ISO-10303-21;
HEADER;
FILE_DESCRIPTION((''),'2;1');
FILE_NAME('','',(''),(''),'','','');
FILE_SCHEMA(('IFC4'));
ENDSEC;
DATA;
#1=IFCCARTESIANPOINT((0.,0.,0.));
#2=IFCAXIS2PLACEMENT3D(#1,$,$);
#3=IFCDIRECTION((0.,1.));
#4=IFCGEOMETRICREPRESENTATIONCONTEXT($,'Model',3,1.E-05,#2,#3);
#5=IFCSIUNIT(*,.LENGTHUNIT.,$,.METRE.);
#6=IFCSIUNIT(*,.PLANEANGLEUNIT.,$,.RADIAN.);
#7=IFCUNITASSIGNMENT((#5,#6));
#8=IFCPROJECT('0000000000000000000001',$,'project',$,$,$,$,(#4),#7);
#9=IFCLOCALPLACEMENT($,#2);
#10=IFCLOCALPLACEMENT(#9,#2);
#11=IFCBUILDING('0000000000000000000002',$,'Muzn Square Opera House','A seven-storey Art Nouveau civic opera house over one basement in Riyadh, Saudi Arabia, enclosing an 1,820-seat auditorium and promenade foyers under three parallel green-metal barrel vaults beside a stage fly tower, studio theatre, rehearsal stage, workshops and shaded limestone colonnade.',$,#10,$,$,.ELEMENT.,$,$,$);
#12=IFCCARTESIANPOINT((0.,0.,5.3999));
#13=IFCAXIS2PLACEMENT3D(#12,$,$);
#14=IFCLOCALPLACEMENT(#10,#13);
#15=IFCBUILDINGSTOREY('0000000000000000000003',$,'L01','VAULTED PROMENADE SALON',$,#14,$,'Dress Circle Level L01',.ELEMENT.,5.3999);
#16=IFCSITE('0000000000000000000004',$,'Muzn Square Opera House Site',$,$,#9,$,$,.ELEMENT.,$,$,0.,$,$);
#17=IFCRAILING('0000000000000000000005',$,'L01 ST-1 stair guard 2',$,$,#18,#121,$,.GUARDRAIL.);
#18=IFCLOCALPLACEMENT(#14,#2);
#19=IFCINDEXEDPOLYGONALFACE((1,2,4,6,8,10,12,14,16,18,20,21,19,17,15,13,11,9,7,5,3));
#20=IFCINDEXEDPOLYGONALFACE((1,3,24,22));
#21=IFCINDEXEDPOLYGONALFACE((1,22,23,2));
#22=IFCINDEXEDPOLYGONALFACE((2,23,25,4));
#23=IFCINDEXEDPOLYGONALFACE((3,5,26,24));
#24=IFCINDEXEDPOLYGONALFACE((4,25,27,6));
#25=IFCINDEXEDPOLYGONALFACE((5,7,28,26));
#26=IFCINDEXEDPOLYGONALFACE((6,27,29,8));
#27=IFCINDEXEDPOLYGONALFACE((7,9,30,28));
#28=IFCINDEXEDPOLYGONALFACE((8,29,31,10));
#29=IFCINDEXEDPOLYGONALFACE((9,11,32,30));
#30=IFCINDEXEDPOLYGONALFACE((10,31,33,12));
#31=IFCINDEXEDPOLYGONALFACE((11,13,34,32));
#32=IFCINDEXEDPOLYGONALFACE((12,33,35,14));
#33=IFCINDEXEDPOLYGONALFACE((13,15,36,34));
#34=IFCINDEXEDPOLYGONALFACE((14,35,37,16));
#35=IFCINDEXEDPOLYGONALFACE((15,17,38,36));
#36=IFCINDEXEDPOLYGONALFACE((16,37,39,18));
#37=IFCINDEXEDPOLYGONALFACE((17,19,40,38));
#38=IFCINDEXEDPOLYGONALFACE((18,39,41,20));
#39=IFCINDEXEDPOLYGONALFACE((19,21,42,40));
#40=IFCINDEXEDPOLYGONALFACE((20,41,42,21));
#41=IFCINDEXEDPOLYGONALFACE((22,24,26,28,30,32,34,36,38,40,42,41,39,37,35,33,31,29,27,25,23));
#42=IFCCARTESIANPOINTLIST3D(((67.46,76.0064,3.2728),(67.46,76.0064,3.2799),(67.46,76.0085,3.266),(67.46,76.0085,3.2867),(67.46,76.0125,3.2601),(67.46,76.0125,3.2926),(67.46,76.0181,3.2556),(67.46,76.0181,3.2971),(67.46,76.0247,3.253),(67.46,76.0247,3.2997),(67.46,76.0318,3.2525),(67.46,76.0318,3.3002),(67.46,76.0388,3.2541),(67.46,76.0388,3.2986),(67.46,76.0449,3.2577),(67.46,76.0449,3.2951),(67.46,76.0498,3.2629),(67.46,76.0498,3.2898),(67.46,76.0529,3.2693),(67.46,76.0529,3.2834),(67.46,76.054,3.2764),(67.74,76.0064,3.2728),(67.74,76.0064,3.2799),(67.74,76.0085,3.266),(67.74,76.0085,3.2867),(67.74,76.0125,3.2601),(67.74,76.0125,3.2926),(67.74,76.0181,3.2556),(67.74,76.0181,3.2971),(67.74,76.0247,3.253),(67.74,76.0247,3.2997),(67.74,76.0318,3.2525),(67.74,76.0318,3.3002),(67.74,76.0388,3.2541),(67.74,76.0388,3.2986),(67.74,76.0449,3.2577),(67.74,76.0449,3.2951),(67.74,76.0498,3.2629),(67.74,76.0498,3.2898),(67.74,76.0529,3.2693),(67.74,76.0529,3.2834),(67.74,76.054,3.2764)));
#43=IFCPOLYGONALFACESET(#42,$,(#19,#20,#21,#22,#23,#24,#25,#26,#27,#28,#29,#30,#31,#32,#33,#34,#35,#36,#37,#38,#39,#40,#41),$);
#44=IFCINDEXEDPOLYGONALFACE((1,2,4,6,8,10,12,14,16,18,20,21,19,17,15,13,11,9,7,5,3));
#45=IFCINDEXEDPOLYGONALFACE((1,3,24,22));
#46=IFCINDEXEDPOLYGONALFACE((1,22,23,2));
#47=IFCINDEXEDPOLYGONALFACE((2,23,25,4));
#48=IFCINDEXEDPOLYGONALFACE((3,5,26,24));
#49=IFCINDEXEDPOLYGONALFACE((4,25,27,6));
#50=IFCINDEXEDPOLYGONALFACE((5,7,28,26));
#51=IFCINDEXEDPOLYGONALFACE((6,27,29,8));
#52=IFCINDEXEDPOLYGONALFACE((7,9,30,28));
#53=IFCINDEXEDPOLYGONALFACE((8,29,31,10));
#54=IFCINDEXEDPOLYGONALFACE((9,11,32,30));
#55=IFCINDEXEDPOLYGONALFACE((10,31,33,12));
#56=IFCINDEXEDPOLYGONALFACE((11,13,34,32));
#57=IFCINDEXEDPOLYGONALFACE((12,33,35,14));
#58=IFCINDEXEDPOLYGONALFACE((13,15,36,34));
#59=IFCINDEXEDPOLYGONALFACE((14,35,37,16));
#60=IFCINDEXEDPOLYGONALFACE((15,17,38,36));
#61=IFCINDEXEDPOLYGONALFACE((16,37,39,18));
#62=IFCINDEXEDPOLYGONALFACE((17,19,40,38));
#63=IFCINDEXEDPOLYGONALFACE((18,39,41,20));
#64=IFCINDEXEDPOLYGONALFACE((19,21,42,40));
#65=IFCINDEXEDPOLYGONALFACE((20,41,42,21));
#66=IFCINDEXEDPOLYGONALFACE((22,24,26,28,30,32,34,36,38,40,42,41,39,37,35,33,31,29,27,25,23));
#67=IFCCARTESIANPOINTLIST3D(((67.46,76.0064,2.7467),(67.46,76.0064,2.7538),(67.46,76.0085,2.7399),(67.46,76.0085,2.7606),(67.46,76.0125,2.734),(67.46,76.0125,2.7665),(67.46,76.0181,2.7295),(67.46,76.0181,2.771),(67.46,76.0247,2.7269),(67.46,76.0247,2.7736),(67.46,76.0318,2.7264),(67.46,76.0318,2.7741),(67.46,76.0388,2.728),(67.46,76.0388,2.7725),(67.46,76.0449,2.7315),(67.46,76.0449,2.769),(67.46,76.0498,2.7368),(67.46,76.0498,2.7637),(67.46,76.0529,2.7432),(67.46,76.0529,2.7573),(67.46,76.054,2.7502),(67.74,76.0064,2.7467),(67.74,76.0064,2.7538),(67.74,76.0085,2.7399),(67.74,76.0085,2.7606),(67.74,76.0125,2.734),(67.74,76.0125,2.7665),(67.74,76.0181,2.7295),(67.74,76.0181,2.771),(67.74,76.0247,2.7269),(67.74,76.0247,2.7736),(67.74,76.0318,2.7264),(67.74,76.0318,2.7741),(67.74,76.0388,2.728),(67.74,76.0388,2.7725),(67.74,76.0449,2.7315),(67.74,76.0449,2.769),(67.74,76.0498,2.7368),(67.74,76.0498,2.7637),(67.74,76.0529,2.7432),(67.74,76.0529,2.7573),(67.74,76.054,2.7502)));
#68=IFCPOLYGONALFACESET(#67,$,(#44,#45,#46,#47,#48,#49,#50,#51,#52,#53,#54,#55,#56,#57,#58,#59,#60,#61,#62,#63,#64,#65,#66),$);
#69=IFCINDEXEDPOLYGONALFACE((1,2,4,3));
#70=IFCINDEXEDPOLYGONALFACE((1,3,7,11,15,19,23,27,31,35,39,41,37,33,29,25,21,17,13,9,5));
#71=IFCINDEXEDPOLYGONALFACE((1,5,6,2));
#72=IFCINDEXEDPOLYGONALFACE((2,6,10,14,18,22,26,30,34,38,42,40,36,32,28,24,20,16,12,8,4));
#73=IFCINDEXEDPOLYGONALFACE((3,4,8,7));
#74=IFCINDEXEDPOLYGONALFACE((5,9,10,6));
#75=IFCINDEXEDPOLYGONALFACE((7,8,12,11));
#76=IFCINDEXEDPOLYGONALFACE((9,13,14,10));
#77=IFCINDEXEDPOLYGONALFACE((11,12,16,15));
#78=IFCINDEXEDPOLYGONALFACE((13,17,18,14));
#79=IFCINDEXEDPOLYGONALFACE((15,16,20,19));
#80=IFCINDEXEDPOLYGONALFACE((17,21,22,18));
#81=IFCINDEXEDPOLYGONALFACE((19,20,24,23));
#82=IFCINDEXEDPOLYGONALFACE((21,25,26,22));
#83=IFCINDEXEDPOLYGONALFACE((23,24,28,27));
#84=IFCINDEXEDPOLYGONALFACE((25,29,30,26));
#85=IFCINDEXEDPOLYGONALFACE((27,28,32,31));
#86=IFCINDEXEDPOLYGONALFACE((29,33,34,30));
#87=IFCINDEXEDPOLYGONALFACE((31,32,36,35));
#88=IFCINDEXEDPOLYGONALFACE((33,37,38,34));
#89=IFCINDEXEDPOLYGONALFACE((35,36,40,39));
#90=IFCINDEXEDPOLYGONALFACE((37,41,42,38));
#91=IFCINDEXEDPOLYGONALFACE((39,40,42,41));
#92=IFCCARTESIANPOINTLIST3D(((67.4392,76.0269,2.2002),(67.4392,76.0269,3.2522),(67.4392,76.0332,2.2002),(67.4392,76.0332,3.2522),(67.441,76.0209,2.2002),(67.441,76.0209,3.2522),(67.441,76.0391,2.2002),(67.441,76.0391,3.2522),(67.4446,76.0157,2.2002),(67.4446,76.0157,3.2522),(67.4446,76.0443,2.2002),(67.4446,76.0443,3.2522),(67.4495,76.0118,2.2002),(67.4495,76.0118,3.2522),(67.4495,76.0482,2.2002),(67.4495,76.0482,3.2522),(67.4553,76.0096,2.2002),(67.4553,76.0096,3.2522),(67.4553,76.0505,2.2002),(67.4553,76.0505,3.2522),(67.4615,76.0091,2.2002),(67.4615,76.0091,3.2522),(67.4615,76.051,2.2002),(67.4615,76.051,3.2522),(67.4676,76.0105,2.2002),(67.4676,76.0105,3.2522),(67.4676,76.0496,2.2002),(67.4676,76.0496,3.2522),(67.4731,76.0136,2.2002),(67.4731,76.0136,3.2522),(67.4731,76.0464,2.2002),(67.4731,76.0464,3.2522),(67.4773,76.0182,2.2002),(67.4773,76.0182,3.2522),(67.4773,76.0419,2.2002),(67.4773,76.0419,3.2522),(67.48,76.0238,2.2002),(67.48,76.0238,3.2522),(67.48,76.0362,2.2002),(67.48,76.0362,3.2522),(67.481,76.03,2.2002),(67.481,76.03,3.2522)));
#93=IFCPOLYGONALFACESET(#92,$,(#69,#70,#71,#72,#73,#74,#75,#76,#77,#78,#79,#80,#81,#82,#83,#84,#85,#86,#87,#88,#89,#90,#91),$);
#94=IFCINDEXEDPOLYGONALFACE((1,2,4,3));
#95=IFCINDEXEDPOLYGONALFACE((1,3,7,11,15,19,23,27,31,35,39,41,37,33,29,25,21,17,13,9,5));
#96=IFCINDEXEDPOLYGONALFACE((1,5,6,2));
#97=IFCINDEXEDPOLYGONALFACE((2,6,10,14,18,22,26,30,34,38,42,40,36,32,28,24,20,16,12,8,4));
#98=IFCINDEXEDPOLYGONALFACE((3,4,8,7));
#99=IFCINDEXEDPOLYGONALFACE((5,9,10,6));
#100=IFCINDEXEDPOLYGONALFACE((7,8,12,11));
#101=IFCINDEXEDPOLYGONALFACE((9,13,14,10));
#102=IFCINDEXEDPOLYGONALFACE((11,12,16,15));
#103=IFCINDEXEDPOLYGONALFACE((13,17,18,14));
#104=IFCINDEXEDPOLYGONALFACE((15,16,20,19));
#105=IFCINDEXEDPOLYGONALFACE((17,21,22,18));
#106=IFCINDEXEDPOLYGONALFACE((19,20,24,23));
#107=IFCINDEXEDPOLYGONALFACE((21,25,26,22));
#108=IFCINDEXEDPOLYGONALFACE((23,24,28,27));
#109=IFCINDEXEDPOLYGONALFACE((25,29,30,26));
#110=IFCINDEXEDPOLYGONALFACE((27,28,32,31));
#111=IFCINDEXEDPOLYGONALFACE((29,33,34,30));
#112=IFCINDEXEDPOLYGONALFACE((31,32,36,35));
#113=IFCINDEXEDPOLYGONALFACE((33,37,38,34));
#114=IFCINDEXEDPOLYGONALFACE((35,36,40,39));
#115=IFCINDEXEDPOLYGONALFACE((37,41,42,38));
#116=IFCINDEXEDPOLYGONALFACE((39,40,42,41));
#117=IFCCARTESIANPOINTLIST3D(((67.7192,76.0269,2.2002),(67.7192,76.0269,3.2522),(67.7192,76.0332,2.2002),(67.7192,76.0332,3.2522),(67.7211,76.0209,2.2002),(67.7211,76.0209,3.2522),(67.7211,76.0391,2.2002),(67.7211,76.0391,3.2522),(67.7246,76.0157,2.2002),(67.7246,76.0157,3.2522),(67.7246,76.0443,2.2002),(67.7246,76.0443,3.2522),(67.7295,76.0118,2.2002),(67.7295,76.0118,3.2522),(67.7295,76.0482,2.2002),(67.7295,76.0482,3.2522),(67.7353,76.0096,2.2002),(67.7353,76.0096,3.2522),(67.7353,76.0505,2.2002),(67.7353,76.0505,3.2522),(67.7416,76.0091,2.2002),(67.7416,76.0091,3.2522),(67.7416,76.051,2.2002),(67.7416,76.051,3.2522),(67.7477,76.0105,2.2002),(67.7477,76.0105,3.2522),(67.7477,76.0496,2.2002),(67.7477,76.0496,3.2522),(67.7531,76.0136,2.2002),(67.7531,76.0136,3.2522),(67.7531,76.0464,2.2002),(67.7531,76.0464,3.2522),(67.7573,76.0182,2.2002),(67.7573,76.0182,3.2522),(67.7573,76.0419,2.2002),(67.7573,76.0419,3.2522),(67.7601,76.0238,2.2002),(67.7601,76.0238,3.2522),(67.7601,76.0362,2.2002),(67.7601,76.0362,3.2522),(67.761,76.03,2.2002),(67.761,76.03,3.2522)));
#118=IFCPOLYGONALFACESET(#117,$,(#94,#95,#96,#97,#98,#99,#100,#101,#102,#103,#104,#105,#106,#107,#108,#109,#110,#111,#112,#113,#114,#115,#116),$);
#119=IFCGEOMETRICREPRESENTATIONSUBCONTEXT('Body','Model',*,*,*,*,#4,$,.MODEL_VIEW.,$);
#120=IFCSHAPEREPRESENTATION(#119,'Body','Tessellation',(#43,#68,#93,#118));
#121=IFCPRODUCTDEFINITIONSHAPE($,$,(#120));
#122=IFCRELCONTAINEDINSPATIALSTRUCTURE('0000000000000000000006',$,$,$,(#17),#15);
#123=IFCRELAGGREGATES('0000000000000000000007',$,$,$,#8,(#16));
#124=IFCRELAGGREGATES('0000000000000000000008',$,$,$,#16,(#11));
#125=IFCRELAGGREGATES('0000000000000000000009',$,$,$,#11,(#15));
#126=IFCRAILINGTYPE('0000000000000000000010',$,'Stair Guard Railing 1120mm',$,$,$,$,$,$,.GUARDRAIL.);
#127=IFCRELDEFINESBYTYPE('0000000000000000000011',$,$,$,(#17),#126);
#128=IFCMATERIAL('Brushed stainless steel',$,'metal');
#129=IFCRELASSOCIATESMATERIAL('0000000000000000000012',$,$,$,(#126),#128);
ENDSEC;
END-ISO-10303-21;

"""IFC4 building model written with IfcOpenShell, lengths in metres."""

from ifc_helpers import new_model, si_unit, direction, frame, origin, origin_2d, place, context, subcontext, project, spatial, circle, extrude, material, type_object, element, save


model = new_model("IFC4")

# Units and contexts
model_context = context("Model", 3, precision=1e-05, world=origin(), true_north=direction((0.0, 1.0)))
body_context = subcontext(model_context, "Body", "Model", "MODEL_VIEW")
ifc_project = project(units=[si_unit("LENGTHUNIT", "METRE"), si_unit("PLANEANGLEUNIT", "RADIAN")], contexts=[model_context])

# Site, building, storey
site_placement = place(None, origin())
site = spatial("IfcSite", under=ifc_project, at=site_placement, Name="Muzn Square Opera House Site", CompositionType="ELEMENT", RefElevation=0.0)
building_placement = place(site_placement, origin())
building = spatial("IfcBuilding", under=site, at=building_placement, Name="Muzn Square Opera House", Description="A seven-storey Art Nouveau civic opera house over one basement in Riyadh, Saudi Arabia, enclosing an 1,820-seat auditorium and promenade foyers under three parallel green-metal barrel vaults beside a stage fly tower, studio theatre, rehearsal stage, workshops and shaded limestone colonnade.", CompositionType="ELEMENT")
storey_placement = place(building_placement, frame((0.0, 0.0, 5.3999)))
storey = spatial("IfcBuildingStorey", under=building, at=storey_placement, Name="L01", Description="VAULTED PROMENADE SALON", LongName="Dress Circle Level L01", CompositionType="ELEMENT", Elevation=5.3999)

# Shared definitions
ifc_material_1 = material(Name="Brushed stainless steel", Category="metal")

# Railing
railing_type_1 = type_object("IfcRailingType", Name="Stair Guard Railing 1120mm", PredefinedType="GUARDRAIL", material=ifc_material_1)
railing_1_placement = place(storey_placement, frame((67.46, 76.03, 2.2002)))
element("IfcRailing", 1, at=railing_1_placement, inside=storey, type_object=railing_type_1, Name="L01 ST-1 stair guard 2", PredefinedType="GUARDRAIL", context=body_context, shape_type="SweptSolid", body=[
    extrude(circle(Radius=0.0239, at=origin_2d()), frame((0.0, 0.0, 1.0762), z_axis=(1.0, 0.0, 0.0), x_axis=(0.0, 1.0, 0.0)), (0.0, 0.0, 1.0), 0.28),
    extrude(circle(Radius=0.0239, at=origin_2d()), frame((0.0, 0.0, 0.55), z_axis=(1.0, 0.0, 0.0), x_axis=(0.0, 1.0, 0.0)), (0.0, 0.0, 1.0), 0.28),
    extrude(circle(Radius=0.021, at=origin_2d()), origin(), (0.0, 0.0, 1.0), 1.052),
    extrude(circle(Radius=0.021, at=origin_2d()), frame((0.28, 0.0, 0.0)), (0.0, 0.0, 1.0), 1.052),
])

save(model, "model.ifc")
